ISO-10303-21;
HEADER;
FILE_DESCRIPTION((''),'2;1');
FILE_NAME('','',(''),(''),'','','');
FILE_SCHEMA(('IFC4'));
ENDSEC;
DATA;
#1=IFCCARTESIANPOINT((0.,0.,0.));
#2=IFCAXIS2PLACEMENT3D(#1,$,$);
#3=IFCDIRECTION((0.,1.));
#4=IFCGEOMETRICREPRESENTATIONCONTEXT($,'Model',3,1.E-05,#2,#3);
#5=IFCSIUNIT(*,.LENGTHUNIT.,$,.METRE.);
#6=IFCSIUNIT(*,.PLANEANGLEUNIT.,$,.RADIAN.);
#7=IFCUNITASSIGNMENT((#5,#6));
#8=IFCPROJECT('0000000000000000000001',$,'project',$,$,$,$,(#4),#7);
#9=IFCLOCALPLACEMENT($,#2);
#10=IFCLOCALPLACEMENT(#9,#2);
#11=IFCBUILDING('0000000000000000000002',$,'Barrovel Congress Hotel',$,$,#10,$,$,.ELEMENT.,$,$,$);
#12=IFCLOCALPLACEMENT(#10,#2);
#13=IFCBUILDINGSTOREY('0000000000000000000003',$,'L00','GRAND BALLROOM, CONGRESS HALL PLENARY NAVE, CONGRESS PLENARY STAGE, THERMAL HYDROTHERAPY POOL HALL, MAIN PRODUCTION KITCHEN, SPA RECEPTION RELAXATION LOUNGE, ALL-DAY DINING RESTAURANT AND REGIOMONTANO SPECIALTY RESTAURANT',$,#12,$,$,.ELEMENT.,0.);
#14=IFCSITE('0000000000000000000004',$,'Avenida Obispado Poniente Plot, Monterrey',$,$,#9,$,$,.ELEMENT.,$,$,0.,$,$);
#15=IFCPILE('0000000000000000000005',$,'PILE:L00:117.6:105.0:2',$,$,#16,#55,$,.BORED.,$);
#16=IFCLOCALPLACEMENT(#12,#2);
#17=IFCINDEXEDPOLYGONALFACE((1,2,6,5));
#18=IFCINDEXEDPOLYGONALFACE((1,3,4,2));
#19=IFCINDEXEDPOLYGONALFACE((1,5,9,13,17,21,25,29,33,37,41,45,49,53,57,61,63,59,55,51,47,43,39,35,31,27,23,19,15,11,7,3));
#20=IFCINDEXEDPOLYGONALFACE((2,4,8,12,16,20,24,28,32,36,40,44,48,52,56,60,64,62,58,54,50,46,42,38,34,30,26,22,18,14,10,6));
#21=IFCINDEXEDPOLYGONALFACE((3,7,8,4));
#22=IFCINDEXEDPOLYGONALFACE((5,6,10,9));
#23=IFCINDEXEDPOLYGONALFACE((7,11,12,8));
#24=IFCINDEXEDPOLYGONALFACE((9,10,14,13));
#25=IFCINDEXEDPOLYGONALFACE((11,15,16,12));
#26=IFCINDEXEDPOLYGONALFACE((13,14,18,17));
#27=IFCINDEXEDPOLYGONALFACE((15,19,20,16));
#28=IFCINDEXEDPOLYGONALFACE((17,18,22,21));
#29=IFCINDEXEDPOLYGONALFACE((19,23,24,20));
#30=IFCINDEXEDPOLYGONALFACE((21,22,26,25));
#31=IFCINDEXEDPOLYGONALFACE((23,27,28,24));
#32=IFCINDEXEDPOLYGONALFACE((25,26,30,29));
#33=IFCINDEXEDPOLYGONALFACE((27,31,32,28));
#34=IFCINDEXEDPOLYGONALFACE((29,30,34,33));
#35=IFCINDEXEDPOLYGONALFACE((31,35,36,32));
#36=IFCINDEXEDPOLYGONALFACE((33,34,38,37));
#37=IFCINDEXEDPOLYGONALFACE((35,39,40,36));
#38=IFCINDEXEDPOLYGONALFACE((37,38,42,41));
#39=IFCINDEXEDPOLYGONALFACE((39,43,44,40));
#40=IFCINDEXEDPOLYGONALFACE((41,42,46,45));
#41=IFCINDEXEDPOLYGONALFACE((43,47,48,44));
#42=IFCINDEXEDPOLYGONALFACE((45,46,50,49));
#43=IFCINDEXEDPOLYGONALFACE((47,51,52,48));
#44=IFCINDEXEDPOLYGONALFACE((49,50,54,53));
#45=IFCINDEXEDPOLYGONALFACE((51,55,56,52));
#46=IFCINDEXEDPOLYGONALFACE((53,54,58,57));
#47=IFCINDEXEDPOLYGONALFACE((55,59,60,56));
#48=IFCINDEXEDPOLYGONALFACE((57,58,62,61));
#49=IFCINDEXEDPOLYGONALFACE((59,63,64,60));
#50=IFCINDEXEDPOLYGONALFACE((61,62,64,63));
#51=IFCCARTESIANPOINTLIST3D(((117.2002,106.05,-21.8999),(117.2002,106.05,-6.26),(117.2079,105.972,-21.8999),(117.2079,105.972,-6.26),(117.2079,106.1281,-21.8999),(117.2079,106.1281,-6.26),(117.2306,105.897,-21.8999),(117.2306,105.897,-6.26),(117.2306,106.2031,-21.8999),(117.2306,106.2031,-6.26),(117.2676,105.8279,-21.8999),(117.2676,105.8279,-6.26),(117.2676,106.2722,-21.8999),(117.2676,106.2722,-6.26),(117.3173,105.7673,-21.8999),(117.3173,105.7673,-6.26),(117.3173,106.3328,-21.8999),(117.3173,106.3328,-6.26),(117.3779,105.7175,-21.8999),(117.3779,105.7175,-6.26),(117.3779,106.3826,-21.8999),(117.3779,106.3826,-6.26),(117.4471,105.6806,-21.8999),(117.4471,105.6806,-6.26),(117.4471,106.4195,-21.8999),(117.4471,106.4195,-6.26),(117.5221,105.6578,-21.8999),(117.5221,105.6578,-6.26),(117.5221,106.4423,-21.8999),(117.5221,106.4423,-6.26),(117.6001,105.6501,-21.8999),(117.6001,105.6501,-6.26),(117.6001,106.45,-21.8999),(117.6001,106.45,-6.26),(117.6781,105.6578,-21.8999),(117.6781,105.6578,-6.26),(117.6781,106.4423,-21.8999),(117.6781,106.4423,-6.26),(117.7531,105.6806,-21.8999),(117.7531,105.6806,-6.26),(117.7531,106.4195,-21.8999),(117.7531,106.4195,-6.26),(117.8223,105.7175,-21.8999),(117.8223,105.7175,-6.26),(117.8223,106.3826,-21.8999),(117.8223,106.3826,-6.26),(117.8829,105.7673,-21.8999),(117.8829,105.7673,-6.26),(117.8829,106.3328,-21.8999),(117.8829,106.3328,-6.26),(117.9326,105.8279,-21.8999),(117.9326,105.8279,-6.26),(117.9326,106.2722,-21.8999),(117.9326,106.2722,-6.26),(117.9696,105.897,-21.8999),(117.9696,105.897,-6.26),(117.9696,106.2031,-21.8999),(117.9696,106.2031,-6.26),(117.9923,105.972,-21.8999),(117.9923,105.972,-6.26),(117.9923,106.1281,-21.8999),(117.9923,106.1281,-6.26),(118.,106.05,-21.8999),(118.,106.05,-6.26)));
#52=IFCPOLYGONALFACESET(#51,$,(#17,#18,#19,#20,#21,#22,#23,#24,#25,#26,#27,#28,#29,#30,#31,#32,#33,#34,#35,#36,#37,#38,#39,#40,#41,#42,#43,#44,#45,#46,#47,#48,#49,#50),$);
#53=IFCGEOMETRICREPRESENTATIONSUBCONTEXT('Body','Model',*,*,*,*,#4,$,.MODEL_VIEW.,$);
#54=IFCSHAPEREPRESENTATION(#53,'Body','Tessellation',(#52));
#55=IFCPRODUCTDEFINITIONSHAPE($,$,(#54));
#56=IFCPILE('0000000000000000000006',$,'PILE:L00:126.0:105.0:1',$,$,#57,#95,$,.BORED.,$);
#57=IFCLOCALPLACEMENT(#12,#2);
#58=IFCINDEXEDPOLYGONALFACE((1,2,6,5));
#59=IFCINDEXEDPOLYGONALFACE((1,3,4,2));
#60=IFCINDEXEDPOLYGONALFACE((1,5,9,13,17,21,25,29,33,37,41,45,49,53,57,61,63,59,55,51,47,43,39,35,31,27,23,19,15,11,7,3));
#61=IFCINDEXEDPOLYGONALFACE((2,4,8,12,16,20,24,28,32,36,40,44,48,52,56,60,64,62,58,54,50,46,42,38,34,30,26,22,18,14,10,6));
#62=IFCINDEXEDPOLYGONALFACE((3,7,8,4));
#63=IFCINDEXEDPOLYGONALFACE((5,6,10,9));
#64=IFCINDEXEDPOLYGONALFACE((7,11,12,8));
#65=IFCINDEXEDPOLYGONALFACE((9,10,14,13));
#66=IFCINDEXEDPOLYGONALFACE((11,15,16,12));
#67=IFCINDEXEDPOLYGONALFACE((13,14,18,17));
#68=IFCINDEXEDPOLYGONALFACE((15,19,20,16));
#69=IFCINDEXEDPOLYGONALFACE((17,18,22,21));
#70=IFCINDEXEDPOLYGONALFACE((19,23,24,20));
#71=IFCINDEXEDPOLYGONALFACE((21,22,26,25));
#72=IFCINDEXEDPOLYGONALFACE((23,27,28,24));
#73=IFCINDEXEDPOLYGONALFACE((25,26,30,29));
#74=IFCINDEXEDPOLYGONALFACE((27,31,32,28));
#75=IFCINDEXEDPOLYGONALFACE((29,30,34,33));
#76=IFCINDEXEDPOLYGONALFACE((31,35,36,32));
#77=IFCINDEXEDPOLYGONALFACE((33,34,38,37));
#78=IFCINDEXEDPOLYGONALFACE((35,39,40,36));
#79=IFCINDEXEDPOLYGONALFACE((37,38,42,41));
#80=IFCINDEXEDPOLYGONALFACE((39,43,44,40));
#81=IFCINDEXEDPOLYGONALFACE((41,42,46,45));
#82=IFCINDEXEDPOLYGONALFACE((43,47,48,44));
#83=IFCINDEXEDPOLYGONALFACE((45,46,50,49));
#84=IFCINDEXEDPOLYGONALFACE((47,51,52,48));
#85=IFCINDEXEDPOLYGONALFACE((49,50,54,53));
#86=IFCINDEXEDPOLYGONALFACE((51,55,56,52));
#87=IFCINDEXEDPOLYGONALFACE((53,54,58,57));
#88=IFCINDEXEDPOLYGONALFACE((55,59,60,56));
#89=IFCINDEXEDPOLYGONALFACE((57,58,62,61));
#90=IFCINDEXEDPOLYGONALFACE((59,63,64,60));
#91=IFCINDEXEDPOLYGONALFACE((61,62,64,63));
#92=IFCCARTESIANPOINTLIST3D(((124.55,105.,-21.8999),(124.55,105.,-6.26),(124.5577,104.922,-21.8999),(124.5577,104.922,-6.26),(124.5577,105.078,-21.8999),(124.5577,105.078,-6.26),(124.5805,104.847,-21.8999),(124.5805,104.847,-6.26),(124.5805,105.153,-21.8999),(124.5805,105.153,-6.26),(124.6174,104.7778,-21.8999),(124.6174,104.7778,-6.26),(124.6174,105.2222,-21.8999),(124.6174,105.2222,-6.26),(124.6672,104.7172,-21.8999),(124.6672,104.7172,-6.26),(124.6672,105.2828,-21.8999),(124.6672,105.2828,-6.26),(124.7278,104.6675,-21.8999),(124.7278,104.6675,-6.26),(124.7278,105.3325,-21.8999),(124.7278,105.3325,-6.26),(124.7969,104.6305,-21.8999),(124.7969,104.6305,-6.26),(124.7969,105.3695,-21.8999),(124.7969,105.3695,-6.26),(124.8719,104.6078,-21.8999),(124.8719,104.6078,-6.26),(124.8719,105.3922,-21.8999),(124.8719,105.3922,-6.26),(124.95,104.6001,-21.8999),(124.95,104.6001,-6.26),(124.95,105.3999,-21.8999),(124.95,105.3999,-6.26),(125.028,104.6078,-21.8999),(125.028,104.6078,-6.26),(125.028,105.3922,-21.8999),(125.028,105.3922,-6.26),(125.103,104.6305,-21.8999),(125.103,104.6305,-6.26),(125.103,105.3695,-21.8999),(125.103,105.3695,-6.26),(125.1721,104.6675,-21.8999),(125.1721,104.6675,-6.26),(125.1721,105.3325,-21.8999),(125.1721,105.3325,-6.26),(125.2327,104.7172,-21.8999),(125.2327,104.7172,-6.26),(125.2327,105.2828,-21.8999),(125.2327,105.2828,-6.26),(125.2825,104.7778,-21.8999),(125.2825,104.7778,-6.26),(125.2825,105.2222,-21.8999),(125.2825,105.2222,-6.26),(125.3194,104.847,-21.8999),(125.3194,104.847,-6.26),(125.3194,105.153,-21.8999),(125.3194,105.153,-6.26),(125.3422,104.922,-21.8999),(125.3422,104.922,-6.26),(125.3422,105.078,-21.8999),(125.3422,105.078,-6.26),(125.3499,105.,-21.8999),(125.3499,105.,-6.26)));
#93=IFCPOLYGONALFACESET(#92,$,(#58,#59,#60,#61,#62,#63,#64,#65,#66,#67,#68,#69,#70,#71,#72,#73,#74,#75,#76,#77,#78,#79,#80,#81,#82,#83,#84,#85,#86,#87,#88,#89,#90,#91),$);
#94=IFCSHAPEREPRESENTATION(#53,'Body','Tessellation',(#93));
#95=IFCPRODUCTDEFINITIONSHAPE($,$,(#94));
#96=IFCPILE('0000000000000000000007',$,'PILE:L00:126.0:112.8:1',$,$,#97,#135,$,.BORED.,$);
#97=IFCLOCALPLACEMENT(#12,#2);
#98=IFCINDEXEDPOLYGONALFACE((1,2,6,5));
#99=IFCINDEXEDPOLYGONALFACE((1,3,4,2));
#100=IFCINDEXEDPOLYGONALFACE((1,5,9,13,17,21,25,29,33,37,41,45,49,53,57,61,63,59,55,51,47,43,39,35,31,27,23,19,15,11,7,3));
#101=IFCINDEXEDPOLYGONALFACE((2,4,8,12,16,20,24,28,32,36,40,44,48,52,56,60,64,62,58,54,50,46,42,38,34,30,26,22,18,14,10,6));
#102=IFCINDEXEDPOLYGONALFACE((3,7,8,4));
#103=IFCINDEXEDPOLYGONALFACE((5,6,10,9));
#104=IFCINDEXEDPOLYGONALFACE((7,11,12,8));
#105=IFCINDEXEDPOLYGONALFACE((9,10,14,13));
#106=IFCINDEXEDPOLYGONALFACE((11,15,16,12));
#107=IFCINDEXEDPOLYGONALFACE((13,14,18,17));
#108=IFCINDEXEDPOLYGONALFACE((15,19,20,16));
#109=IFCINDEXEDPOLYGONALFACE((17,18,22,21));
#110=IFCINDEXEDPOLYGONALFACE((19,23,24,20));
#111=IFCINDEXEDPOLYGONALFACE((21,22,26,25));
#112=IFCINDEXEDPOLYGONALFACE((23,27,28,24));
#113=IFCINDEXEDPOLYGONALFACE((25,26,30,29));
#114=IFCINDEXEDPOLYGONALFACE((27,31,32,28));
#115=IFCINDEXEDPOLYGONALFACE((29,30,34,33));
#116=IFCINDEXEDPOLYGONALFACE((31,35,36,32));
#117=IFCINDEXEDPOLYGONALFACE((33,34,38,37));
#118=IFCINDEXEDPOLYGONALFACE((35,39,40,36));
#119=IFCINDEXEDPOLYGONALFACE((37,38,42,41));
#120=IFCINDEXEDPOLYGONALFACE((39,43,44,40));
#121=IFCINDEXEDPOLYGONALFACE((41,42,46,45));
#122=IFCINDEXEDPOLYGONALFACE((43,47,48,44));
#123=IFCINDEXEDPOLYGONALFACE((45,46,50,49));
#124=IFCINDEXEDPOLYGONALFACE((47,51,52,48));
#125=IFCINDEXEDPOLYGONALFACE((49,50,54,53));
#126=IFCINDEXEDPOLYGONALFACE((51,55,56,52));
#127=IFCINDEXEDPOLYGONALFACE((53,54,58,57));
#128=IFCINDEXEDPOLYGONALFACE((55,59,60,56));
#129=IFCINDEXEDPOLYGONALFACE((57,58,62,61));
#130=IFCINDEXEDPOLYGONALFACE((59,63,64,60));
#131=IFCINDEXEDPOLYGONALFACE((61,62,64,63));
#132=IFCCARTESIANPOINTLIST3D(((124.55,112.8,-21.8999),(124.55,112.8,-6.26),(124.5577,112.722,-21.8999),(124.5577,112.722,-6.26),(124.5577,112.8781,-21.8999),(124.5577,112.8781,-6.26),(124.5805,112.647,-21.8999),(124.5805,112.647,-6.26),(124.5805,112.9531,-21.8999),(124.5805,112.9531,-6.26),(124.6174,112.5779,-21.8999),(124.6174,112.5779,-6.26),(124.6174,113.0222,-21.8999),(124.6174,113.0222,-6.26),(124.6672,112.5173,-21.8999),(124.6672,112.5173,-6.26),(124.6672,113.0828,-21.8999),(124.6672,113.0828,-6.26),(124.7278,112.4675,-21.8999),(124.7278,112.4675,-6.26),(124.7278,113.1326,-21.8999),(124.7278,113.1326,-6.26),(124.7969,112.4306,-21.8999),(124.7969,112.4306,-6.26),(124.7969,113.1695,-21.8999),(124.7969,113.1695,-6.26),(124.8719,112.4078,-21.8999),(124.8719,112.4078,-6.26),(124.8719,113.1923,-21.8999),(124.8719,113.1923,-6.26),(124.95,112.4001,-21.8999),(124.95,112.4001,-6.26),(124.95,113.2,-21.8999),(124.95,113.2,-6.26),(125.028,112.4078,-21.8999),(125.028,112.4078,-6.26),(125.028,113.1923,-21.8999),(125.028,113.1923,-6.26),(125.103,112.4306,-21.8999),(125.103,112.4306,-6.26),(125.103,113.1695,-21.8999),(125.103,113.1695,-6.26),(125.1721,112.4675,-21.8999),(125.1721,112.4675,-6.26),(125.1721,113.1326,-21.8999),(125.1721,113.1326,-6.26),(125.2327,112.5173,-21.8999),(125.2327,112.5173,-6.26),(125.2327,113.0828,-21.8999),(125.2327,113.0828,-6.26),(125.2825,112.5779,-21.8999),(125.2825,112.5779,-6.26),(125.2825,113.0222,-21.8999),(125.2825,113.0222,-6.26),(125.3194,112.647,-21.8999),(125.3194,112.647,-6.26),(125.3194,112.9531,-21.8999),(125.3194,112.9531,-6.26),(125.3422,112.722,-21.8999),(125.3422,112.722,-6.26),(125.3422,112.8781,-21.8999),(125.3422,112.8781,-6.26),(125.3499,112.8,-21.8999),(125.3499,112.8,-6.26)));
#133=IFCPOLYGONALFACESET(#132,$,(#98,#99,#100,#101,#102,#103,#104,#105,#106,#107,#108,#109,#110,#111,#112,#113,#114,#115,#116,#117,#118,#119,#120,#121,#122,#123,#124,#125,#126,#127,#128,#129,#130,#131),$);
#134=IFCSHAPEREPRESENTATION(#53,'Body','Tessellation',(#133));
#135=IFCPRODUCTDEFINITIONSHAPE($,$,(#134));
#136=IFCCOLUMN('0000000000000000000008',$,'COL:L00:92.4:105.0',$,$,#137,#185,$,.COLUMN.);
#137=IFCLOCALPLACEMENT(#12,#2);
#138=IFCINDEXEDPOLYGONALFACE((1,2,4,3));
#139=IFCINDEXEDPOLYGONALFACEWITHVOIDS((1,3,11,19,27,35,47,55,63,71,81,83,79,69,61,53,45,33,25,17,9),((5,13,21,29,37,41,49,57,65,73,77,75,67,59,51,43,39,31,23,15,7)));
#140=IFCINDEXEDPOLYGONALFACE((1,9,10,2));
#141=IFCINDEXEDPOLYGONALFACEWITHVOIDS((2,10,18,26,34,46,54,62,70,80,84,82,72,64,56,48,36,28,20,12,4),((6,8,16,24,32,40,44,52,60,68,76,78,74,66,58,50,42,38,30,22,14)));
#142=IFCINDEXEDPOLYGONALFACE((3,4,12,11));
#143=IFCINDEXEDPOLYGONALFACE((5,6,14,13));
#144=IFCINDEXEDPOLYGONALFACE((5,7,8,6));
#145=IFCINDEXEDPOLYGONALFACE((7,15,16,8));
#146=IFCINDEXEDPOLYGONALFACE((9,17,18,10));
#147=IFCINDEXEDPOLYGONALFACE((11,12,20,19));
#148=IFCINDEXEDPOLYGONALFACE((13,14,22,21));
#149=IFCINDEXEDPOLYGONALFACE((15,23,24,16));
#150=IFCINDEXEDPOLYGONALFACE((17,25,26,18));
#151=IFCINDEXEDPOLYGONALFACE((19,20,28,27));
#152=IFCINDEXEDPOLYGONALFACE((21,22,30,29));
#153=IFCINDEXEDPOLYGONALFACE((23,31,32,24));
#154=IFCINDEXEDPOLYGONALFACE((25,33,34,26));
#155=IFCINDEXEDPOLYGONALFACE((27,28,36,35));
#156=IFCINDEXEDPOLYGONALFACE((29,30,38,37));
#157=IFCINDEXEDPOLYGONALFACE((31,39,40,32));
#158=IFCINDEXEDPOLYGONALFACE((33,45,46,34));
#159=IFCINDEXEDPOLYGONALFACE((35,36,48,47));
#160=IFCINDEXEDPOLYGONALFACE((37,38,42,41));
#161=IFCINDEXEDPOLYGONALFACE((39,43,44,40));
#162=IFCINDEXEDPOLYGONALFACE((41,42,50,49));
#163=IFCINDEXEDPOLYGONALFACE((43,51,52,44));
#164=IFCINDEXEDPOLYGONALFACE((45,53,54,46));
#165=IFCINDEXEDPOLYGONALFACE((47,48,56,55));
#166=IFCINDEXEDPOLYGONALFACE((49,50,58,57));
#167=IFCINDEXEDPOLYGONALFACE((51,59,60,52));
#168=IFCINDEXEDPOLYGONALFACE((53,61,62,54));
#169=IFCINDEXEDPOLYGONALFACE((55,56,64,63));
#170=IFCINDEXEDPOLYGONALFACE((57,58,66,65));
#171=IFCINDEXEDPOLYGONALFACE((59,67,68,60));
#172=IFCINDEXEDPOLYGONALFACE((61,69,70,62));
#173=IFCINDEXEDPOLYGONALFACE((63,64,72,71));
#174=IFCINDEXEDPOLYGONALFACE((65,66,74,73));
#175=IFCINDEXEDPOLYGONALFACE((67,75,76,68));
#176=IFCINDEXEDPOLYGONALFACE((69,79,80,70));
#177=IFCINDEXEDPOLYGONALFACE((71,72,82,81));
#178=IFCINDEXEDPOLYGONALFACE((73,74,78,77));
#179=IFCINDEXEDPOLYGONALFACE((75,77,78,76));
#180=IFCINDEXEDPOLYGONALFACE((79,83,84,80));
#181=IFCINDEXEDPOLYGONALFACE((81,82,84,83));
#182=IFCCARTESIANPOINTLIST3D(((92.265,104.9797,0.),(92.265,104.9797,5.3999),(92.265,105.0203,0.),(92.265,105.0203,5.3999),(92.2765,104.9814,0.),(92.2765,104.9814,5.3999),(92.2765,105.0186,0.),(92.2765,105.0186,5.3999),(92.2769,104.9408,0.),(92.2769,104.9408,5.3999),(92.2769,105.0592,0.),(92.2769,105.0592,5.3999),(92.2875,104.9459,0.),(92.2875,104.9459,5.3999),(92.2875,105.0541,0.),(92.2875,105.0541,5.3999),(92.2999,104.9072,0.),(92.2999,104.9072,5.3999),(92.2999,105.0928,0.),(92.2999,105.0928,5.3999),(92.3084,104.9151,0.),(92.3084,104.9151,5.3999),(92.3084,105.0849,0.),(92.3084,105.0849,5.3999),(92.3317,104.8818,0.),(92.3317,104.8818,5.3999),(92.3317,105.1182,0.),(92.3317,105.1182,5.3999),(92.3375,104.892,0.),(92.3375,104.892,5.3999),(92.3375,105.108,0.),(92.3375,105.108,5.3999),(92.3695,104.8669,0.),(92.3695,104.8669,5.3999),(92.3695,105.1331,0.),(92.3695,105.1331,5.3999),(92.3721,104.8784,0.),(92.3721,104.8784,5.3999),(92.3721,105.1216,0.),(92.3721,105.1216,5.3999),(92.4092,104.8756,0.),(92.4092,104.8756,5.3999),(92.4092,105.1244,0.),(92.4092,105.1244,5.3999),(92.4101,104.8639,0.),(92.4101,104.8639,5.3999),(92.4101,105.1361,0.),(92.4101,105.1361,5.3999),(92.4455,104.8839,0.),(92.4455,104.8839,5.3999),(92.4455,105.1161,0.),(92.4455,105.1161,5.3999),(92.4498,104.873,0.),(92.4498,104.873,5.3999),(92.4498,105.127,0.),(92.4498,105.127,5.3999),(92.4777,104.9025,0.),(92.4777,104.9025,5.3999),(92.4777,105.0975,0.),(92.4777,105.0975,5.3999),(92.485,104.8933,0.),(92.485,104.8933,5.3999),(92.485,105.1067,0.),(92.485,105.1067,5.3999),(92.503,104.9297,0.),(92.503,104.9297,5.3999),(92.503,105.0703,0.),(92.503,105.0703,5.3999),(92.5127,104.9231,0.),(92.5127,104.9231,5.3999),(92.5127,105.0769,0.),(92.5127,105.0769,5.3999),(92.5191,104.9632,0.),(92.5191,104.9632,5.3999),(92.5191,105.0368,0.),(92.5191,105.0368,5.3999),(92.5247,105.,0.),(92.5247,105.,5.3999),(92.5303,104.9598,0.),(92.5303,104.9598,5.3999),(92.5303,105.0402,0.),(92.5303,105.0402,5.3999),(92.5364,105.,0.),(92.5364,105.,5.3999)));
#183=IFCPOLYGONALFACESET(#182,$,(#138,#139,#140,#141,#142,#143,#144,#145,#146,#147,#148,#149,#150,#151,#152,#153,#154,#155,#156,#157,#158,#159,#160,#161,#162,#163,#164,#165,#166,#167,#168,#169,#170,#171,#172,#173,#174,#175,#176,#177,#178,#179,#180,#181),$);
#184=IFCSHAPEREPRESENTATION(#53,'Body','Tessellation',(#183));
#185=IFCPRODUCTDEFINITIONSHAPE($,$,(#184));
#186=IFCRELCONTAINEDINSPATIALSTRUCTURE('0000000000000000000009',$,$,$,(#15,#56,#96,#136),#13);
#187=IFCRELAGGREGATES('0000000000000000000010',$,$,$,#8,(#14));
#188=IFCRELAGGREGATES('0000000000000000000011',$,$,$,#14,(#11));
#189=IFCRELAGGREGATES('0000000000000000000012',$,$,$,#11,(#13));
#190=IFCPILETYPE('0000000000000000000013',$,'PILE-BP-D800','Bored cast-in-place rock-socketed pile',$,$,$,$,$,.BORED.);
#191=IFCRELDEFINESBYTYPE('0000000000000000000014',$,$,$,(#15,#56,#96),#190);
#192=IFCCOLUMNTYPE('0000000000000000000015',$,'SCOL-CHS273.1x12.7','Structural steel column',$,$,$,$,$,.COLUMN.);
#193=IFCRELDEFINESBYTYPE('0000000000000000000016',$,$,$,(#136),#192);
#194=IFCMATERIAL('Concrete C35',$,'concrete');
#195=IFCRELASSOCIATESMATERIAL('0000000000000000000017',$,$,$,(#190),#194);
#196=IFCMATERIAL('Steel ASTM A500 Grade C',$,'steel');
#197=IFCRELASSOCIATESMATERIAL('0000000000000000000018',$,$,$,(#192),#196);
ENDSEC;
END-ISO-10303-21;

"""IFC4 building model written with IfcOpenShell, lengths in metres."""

from ifc_helpers import new_model, si_unit, direction, frame, origin, origin_2d, place, context, subcontext, project, spatial, circle, hollow_circle, extrude, material, material_profile, profile_set, type_object, element, save


model = new_model("IFC4")

# Units and contexts
model_context = context("Model", 3, precision=1e-05, world=origin(), true_north=direction((0.0, 1.0)))
body_context = subcontext(model_context, "Body", "Model", "MODEL_VIEW")
ifc_project = project(units=[si_unit("LENGTHUNIT", "METRE"), si_unit("PLANEANGLEUNIT", "RADIAN")], contexts=[model_context])

# Site, building, storey
site_placement = place(None, origin())
site = spatial("IfcSite", under=ifc_project, at=site_placement, Name="Avenida Obispado Poniente Plot, Monterrey", CompositionType="ELEMENT", RefElevation=0.0)
building_placement = place(site_placement, origin())
building = spatial("IfcBuilding", under=site, at=building_placement, Name="Barrovel Congress Hotel", CompositionType="ELEMENT")
storey_placement = place(building_placement, origin())
storey = spatial("IfcBuildingStorey", under=building, at=storey_placement, Name="L00", Description="GRAND BALLROOM, CONGRESS HALL PLENARY NAVE, CONGRESS PLENARY STAGE, THERMAL HYDROTHERAPY POOL HALL, MAIN PRODUCTION KITCHEN, SPA RECEPTION RELAXATION LOUNGE, ALL-DAY DINING RESTAURANT AND REGIOMONTANO SPECIALTY RESTAURANT", CompositionType="ELEMENT", Elevation=0.0)

# Piles
ifc_material_1 = material(Name="Concrete C35", Category="concrete")
ifc_material_profile_1 = material_profile(ifc_material_1, circle(Radius=0.3999, at=origin_2d()), Name="BP-D800")
ifc_profile_set_1 = profile_set([ifc_material_profile_1], Name="Concrete C35")
pile_type = type_object("IfcPileType", Name="PILE-BP-D800", Description="Bored cast-in-place rock-socketed pile", PredefinedType="BORED", material=ifc_profile_set_1)
for number, where, z_axis, x_axis, name in (
    (1, (117.6001, 106.05, -6.26), (0.0, 0.0, -1.0), (1.0, 0.0, 0.0), "PILE:L00:117.6:105.0:2"),
    (2, (124.95, 105.0, -6.26), (0.0, 0.0, -1.0), (1.0, 0.0, 0.0), "PILE:L00:126.0:105.0:1"),
    (3, (124.95, 112.8, -6.26), (0.0, 0.0, -1.0), (1.0, 0.0, 0.0), "PILE:L00:126.0:112.8:1"),
):
    element("IfcPile", number, at=place(storey_placement, frame(where, z_axis=z_axis, x_axis=x_axis)), inside=storey, type_object=pile_type, Name=name, PredefinedType="BORED", context=body_context, shape_type="SweptSolid", body=[
        extrude(circle(Radius=0.3999, at=origin_2d()), origin(), (0.0, 0.0, 1.0), 15.6399),
    ])

# Column
ifc_material_2 = material(Name="Steel ASTM A500 Grade C", Category="steel")
ifc_material_profile_2 = material_profile(ifc_material_2, hollow_circle(Radius=0.1365, WallThickness=0.0117, at=origin_2d()), Name="CHS273.1x12.7")
ifc_profile_set_2 = profile_set([ifc_material_profile_2], Name="Steel ASTM A500 Grade C")
column_type = type_object("IfcColumnType", Name="SCOL-CHS273.1x12.7", Description="Structural steel column", PredefinedType="COLUMN", material=ifc_profile_set_2)
for number, where, z_axis, x_axis, name in (
    (4, (92.3999, 105.0, 0.0), (0.0, 0.0, 1.0), (1.0, 0.0, 0.0), "COL:L00:92.4:105.0"),
):
    element("IfcColumn", number, at=place(storey_placement, frame(where, z_axis=z_axis, x_axis=x_axis)), inside=storey, type_object=column_type, Name=name, PredefinedType="COLUMN", context=body_context, shape_type="SweptSolid", body=[
        extrude(hollow_circle(Radius=0.1365, WallThickness=0.0117, at=origin_2d()), origin(), (0.0, 0.0, 1.0), 5.3999),
    ])

save(model, "model.ifc")
